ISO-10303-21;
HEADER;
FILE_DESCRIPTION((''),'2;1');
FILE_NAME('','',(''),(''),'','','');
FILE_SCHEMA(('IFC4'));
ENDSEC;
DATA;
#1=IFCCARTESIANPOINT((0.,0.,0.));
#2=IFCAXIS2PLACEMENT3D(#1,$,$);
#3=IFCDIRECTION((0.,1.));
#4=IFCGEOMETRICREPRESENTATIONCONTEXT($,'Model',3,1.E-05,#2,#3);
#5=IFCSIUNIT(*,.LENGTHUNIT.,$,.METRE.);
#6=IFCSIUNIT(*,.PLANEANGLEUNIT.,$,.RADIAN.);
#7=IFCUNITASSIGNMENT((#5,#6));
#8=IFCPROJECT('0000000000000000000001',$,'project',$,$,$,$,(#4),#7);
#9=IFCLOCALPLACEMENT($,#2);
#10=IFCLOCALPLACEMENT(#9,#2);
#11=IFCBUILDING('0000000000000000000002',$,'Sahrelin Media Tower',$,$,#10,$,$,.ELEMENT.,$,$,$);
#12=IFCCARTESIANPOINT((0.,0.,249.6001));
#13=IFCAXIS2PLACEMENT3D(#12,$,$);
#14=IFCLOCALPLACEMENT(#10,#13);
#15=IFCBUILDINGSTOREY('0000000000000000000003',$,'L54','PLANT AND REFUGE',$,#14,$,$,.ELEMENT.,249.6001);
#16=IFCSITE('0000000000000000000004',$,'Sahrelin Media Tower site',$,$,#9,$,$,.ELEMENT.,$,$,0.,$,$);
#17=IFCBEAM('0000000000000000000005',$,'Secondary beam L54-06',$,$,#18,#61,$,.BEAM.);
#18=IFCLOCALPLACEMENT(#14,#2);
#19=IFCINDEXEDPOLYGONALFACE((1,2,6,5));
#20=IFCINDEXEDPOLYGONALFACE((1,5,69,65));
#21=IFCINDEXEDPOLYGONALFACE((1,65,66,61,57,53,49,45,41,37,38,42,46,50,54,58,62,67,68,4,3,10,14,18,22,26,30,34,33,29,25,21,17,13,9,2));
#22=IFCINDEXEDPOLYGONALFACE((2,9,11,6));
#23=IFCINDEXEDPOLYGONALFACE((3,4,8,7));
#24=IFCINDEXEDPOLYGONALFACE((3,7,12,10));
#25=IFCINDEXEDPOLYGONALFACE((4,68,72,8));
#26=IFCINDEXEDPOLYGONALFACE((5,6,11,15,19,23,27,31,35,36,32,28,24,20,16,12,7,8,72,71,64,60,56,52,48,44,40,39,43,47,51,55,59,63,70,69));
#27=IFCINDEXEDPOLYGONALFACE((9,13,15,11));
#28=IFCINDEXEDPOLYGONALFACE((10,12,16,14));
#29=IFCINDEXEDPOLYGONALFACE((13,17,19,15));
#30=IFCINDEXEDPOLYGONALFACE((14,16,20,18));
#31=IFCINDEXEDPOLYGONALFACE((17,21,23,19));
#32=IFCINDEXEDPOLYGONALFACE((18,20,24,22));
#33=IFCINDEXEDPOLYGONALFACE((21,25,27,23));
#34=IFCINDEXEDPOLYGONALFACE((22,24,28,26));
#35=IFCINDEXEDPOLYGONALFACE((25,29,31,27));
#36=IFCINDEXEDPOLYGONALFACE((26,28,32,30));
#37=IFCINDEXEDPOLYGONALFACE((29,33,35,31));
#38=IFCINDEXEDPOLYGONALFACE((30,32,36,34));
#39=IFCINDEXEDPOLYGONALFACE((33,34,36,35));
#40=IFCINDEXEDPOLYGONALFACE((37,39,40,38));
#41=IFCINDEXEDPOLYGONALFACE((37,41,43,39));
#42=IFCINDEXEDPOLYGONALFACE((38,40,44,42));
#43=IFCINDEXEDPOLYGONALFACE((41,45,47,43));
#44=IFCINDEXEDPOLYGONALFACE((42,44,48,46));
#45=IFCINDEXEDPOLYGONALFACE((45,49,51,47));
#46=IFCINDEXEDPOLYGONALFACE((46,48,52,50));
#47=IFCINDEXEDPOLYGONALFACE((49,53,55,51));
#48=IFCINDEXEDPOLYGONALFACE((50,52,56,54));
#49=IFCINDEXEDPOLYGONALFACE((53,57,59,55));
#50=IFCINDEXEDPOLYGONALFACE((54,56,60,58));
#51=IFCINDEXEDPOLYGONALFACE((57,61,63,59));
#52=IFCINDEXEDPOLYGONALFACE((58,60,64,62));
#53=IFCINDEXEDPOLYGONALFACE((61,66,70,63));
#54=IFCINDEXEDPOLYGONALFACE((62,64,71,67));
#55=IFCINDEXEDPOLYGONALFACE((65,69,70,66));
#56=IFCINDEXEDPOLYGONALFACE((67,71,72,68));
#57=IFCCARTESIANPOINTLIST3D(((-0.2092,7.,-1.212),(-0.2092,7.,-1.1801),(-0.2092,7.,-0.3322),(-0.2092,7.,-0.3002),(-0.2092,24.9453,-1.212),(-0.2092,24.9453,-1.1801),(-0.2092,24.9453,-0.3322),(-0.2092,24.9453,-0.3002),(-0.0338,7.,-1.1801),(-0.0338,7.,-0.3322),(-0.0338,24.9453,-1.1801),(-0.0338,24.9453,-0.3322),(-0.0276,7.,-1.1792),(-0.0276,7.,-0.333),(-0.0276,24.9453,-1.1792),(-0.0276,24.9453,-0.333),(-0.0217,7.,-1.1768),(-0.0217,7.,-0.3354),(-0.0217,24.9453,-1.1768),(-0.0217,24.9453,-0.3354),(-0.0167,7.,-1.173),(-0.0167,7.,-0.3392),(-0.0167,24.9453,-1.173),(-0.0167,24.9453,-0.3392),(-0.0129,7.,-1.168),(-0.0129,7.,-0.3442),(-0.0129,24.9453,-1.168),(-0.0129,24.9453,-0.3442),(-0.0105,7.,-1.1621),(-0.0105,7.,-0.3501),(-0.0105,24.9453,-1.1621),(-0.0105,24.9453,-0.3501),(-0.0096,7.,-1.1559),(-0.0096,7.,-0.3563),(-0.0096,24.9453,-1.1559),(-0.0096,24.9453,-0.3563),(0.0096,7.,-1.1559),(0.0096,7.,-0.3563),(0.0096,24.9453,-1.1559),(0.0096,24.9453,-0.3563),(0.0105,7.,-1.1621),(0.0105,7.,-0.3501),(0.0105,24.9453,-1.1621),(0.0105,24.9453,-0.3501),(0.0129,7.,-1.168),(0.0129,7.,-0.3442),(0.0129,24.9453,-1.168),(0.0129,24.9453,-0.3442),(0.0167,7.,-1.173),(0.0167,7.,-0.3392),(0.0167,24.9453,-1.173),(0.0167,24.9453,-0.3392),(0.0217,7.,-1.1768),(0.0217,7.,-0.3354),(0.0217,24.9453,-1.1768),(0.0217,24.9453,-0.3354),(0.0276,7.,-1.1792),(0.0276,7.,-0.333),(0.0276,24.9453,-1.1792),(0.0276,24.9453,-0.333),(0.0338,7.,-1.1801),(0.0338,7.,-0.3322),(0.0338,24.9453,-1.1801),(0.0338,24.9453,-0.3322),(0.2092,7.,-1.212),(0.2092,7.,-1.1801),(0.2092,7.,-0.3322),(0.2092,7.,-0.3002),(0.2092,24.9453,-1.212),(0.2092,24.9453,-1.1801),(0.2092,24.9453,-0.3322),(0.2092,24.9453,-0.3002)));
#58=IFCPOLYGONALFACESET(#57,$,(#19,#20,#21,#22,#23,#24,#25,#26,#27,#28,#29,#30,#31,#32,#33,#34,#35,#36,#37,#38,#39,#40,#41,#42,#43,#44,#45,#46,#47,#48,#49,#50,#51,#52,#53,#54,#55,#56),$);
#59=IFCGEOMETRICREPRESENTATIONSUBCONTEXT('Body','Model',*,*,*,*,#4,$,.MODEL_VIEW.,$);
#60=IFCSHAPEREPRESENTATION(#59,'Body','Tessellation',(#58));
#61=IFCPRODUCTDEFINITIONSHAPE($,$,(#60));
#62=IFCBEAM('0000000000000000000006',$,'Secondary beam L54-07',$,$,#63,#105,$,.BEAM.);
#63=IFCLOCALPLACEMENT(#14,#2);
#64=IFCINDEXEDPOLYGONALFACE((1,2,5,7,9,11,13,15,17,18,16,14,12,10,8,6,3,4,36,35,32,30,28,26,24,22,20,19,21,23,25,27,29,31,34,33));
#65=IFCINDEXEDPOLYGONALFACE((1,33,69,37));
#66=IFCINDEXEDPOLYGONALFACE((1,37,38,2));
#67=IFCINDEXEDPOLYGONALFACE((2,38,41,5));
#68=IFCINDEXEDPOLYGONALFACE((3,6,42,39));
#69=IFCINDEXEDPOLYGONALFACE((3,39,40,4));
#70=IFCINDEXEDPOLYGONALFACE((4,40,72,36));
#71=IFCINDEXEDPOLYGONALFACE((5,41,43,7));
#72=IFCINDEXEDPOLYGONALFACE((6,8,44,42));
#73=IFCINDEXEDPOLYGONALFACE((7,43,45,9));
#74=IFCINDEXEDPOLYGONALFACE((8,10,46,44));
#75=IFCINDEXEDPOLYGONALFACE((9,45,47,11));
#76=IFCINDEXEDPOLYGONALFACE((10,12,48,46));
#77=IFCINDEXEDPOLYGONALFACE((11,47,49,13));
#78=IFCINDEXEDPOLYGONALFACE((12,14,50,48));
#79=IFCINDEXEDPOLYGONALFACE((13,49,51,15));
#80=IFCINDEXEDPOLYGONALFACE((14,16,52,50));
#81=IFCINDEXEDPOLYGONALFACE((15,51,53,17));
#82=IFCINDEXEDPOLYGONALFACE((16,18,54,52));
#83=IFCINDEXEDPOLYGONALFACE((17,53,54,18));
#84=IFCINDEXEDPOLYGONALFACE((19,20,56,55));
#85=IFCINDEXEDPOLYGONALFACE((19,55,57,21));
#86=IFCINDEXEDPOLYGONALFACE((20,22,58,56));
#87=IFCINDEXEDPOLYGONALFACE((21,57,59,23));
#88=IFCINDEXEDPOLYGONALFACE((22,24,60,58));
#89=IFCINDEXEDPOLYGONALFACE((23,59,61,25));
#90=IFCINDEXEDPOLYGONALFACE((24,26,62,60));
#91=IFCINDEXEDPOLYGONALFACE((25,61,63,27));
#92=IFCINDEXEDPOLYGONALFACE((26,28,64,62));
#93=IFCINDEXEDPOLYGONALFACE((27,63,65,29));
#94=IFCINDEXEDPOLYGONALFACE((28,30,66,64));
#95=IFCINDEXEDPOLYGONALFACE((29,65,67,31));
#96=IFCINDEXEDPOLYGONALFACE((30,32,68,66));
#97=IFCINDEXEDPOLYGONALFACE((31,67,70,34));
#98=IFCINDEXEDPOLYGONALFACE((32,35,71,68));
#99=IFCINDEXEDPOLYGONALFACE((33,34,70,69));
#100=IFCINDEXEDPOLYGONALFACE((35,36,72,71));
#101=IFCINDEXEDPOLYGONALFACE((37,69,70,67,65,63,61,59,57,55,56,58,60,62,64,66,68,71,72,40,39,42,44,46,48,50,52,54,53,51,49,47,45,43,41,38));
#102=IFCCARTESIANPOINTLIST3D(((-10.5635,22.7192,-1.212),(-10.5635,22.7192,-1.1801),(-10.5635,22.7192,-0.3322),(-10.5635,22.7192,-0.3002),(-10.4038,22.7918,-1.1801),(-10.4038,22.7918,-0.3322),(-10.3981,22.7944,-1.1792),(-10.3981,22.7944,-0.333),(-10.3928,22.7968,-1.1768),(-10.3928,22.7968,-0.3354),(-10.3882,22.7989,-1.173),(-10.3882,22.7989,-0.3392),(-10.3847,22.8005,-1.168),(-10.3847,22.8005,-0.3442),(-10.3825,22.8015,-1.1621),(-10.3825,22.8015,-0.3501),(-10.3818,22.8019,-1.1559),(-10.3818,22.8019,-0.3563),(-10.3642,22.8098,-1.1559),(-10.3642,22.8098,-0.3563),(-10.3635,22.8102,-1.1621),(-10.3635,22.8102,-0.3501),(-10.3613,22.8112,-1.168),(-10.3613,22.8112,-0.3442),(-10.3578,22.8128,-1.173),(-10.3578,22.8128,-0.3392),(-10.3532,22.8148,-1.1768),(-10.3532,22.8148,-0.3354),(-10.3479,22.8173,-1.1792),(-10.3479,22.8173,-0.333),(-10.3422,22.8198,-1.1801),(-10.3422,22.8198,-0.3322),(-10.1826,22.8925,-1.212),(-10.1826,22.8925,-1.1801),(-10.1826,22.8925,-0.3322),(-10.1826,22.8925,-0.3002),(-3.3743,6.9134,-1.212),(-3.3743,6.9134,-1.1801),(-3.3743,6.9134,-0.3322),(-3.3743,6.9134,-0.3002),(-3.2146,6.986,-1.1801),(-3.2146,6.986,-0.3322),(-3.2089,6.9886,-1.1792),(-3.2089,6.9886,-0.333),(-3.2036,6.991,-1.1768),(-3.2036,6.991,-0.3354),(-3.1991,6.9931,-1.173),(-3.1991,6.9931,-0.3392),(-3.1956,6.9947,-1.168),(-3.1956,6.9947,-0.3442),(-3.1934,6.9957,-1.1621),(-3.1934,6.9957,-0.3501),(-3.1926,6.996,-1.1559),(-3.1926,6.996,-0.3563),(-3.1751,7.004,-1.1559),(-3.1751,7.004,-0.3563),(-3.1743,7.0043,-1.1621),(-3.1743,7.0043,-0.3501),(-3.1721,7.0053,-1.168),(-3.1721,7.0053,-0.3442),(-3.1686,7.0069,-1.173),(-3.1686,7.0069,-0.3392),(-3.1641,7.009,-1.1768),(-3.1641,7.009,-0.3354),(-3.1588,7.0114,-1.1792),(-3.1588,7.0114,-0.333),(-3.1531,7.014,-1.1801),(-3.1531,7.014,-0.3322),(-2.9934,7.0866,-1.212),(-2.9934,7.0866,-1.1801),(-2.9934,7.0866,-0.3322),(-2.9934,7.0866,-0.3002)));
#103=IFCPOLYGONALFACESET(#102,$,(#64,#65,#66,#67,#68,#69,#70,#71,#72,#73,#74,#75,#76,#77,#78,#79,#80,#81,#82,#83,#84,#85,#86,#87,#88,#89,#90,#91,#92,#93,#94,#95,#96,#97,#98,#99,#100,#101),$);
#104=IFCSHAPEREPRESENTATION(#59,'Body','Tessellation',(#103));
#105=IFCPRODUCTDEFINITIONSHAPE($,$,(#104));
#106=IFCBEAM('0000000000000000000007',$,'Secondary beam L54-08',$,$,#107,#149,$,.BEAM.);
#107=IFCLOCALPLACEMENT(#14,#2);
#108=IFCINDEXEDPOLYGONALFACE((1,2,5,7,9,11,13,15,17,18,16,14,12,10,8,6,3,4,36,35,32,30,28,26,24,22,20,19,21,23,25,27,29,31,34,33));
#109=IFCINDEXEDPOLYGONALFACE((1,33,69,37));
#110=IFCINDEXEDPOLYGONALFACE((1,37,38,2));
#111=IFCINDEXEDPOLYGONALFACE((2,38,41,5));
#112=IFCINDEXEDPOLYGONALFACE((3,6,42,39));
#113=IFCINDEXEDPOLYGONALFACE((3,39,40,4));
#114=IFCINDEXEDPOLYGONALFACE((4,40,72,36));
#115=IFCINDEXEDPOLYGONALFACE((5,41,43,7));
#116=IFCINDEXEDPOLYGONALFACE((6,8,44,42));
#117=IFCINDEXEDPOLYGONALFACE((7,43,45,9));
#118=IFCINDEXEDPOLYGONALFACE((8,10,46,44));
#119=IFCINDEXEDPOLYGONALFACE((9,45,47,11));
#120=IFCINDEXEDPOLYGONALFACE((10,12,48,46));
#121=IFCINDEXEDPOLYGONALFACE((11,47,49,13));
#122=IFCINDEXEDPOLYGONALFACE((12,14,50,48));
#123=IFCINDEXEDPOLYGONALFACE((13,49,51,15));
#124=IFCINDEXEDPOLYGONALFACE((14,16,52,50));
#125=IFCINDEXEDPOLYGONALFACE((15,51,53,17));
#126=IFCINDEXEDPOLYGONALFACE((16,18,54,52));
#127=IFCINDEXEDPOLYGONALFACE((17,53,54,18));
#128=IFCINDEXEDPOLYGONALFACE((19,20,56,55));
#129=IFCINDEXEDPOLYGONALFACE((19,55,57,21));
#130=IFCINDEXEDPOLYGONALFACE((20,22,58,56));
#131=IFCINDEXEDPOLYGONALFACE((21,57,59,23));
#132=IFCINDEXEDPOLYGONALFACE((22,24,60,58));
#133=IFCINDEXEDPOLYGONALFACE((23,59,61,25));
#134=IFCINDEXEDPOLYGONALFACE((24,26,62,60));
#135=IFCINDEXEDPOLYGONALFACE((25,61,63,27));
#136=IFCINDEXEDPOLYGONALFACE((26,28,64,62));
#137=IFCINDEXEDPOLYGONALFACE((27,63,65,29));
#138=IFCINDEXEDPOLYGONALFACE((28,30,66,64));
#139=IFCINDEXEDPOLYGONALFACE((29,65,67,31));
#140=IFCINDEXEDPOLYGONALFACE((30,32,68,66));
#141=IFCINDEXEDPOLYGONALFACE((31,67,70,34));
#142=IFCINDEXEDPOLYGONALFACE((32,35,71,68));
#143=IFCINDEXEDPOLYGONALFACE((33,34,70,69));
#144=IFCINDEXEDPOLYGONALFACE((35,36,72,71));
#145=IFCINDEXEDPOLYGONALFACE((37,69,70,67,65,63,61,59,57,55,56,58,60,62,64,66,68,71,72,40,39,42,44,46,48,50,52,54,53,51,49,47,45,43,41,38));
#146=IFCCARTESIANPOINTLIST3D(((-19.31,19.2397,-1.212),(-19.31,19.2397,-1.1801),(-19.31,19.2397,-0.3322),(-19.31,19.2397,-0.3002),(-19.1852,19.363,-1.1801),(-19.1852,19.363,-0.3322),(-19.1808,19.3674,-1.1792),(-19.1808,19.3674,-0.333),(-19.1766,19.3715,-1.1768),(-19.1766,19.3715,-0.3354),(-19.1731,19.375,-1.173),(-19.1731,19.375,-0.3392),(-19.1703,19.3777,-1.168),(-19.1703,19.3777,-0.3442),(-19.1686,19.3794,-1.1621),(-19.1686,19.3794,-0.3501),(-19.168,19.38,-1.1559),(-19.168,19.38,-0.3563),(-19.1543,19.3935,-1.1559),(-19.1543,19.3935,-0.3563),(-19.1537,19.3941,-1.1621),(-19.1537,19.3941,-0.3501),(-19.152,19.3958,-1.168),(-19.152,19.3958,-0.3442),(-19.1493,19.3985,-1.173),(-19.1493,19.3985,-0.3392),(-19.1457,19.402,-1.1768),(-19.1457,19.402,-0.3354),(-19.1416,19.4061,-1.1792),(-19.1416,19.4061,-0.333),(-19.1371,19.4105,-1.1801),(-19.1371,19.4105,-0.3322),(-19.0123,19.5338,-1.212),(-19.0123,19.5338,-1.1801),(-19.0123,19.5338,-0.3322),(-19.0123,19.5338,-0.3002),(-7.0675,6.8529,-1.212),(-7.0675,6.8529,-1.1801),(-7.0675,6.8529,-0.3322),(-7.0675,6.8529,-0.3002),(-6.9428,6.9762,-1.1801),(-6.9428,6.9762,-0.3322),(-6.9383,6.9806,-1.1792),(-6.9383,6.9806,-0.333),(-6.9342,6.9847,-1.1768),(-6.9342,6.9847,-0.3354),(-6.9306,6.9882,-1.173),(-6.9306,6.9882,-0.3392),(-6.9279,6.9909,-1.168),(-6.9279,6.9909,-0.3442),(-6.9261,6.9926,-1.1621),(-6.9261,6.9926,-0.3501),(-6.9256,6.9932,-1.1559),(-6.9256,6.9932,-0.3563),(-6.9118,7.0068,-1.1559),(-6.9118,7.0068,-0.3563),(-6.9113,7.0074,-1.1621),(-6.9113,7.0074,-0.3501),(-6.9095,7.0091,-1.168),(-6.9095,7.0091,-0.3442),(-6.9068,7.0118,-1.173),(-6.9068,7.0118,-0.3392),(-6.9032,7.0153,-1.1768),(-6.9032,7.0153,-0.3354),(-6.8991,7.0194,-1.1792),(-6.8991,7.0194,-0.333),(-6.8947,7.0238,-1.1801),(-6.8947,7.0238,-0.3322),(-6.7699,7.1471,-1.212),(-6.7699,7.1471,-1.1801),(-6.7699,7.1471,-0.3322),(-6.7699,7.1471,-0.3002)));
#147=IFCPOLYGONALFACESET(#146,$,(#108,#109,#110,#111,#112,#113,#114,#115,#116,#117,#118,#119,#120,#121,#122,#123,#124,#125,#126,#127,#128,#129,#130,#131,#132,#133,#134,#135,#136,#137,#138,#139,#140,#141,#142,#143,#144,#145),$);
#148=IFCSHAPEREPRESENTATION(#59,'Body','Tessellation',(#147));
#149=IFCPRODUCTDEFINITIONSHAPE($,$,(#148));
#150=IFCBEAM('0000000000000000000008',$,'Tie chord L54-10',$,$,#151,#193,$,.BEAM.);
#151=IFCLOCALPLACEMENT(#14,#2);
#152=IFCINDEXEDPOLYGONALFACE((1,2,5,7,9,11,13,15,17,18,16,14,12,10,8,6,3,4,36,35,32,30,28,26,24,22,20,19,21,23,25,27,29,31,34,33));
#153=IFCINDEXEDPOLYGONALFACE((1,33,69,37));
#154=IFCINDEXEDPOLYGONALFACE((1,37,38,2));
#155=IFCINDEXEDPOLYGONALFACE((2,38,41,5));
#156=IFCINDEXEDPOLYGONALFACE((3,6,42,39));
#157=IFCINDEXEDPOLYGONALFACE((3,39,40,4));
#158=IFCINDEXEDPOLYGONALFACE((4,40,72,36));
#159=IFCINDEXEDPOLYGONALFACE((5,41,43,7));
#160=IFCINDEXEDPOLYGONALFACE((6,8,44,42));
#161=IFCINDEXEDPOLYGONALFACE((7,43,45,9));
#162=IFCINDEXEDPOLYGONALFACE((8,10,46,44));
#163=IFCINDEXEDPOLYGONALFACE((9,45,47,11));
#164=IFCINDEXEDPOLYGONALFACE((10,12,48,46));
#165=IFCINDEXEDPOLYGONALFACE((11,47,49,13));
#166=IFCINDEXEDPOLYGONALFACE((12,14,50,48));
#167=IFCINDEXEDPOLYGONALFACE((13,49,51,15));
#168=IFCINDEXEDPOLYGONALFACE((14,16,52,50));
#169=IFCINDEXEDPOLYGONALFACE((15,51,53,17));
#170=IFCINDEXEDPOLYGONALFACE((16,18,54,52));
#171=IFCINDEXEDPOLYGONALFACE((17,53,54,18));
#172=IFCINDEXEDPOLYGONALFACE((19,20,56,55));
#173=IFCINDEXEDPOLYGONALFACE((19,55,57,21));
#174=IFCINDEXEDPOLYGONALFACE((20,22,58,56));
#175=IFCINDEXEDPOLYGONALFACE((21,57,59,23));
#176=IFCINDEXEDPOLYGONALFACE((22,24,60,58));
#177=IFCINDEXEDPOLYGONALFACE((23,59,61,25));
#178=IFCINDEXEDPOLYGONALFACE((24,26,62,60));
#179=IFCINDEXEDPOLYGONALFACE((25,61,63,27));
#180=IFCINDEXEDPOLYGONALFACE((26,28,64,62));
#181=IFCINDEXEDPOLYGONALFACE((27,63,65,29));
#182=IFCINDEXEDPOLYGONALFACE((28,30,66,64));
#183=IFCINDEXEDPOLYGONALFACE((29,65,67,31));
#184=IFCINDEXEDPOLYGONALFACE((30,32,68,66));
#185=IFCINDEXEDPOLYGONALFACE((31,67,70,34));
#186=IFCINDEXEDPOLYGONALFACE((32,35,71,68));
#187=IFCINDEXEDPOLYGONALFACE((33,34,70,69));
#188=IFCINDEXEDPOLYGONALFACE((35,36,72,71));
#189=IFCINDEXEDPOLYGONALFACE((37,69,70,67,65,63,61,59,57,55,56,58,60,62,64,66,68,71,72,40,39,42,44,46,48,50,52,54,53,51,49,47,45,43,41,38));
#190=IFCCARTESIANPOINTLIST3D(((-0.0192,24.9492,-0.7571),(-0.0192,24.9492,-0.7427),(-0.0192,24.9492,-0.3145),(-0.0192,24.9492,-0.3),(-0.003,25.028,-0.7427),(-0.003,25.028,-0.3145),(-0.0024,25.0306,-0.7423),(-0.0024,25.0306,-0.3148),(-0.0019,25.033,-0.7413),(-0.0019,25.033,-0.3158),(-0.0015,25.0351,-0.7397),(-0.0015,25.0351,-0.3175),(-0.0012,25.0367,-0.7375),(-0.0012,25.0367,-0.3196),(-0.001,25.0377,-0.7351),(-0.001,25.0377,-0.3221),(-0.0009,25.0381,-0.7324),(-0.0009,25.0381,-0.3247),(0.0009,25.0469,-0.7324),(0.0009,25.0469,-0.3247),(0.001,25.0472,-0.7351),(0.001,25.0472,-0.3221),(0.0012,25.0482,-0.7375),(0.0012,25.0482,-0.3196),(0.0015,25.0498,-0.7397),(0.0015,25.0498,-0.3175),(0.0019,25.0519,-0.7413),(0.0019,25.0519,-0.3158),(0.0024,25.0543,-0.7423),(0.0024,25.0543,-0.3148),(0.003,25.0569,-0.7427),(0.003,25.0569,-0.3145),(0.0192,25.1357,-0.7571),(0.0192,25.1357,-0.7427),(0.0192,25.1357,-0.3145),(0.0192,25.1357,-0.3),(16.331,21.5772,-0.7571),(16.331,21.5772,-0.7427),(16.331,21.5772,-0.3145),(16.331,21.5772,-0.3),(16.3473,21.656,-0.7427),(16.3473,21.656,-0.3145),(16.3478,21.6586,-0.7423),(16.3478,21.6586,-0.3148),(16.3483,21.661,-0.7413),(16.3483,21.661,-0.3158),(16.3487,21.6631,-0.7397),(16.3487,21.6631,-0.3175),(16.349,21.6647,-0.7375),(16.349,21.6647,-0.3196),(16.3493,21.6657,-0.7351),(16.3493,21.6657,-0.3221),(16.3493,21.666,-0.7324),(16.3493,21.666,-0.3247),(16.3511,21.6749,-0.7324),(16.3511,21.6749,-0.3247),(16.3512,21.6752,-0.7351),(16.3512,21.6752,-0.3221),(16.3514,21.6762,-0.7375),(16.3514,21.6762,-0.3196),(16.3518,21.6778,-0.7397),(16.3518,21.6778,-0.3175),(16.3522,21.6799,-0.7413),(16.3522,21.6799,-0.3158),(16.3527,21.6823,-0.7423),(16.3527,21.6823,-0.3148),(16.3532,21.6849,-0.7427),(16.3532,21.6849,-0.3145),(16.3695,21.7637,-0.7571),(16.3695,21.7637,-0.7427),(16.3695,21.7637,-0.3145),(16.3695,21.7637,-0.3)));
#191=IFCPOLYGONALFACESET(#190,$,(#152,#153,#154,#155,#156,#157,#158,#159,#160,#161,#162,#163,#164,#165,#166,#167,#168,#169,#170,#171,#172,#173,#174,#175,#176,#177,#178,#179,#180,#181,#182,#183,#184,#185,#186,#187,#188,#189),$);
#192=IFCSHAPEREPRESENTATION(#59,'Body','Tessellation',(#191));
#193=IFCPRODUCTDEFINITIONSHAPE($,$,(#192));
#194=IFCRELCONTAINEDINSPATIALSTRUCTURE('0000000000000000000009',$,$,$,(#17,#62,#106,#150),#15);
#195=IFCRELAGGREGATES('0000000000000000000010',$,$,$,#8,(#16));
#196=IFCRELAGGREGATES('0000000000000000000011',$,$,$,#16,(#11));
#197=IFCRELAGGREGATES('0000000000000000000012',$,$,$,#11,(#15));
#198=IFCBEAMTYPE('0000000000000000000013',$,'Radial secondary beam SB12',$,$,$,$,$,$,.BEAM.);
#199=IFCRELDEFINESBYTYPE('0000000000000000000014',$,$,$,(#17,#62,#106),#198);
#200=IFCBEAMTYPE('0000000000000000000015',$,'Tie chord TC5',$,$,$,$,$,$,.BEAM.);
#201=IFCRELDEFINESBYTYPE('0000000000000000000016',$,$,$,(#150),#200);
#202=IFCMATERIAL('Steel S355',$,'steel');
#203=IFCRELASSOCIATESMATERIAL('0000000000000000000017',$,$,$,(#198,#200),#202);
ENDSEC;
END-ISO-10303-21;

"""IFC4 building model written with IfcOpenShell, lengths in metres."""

from ifc_helpers import new_model, si_unit, direction, frame, origin, origin_2d, place, context, subcontext, project, spatial, i_section, extrude, material, material_profile, profile_set, type_object, element, save


model = new_model("IFC4")

# Units and contexts
model_context = context("Model", 3, precision=1e-05, world=origin(), true_north=direction((0.0, 1.0)))
body_context = subcontext(model_context, "Body", "Model", "MODEL_VIEW")
ifc_project = project(units=[si_unit("LENGTHUNIT", "METRE"), si_unit("PLANEANGLEUNIT", "RADIAN")], contexts=[model_context])

# Site, building, storey
site_placement = place(None, origin())
site = spatial("IfcSite", under=ifc_project, at=site_placement, Name="Sahrelin Media Tower site", CompositionType="ELEMENT", RefElevation=0.0)
building_placement = place(site_placement, origin())
building = spatial("IfcBuilding", under=site, at=building_placement, Name="Sahrelin Media Tower", CompositionType="ELEMENT")
storey_placement = place(building_placement, frame((0.0, 0.0, 249.6001)))
storey = spatial("IfcBuildingStorey", under=building, at=storey_placement, Name="L54", Description="PLANT AND REFUGE", CompositionType="ELEMENT", Elevation=249.6001)

# Beams
ifc_material_1 = material(Name="Steel S355", Category="steel")
ifc_material_profile_1 = material_profile(ifc_material_1, i_section(OverallWidth=0.4185, OverallDepth=0.9119, WebThickness=0.0193, FlangeThickness=0.032, FilletRadius=0.0242, at=origin_2d()), Name="UB 914x419x343")
ifc_profile_set_1 = profile_set([ifc_material_profile_1], Name="Steel S355")
beam_type_1 = type_object("IfcBeamType", Name="Radial secondary beam SB12", PredefinedType="BEAM", material=ifc_profile_set_1)
beam_1_placement = place(storey_placement, frame((0.0, 7.0, -0.7561), z_axis=(0.0, 1.0, 0.0), x_axis=(-1.0, 0.0, 0.0)))
element("IfcBeam", 1, at=beam_1_placement, inside=storey, type_object=beam_type_1, Name="Secondary beam L54-06", PredefinedType="BEAM", context=body_context, shape_type="SweptSolid", body=[
    extrude(i_section(OverallWidth=0.4185, OverallDepth=0.9119, WebThickness=0.0193, FlangeThickness=0.032, FilletRadius=0.0242, at=origin_2d()), origin(), (0.0, 0.0, 1.0), 17.9453),
])
beam_2_placement = place(storey_placement, frame((-3.1838, 7.0, -0.7561), z_axis=(-0.414028, 0.910264, 0.0), x_axis=(-0.910264, -0.414028, 0.0)))
element("IfcBeam", 2, at=beam_2_placement, inside=storey, type_object=beam_type_1, Name="Secondary beam L54-07", PredefinedType="BEAM", context=body_context, shape_type="SweptSolid", body=[
    extrude(i_section(OverallWidth=0.4185, OverallDepth=0.9119, WebThickness=0.0193, FlangeThickness=0.032, FilletRadius=0.0242, at=origin_2d()), origin(), (0.0, 0.0, 1.0), 17.364),
])
beam_3_placement = place(storey_placement, frame((-6.9187, 7.0, -0.7561), z_axis=(-0.702952, 0.711237, 0.0), x_axis=(-0.711237, -0.702952, 0.0)))
element("IfcBeam", 3, at=beam_3_placement, inside=storey, type_object=beam_type_1, Name="Secondary beam L54-08", PredefinedType="BEAM", context=body_context, shape_type="SweptSolid", body=[
    extrude(i_section(OverallWidth=0.4185, OverallDepth=0.9119, WebThickness=0.0193, FlangeThickness=0.032, FilletRadius=0.0242, at=origin_2d()), origin(), (0.0, 0.0, 1.0), 17.4158),
])
ifc_material_profile_2 = material_profile(ifc_material_1, i_section(OverallWidth=0.1904, OverallDepth=0.457, WebThickness=0.009, FlangeThickness=0.0144, FilletRadius=0.0103, at=origin_2d()), Name="UB 457x191x74")
ifc_profile_set_2 = profile_set([ifc_material_profile_2], Name="Steel S355")
beam_type_2 = type_object("IfcBeamType", Name="Tie chord TC5", PredefinedType="BEAM", material=ifc_profile_set_2)
beam_4_placement = place(storey_placement, frame((0.0, 25.0425, -0.5286), z_axis=(0.979388, -0.201988, 0.0), x_axis=(0.201988, 0.979388, 0.0)))
element("IfcBeam", 4, at=beam_4_placement, inside=storey, type_object=beam_type_2, Name="Tie chord L54-10", PredefinedType="BEAM", context=body_context, shape_type="SweptSolid", body=[
    extrude(i_section(OverallWidth=0.1904, OverallDepth=0.457, WebThickness=0.009, FlangeThickness=0.0144, FilletRadius=0.0103, at=origin_2d()), origin(), (0.0, 0.0, 1.0), 16.6943),
])

save(model, "model.ifc")
